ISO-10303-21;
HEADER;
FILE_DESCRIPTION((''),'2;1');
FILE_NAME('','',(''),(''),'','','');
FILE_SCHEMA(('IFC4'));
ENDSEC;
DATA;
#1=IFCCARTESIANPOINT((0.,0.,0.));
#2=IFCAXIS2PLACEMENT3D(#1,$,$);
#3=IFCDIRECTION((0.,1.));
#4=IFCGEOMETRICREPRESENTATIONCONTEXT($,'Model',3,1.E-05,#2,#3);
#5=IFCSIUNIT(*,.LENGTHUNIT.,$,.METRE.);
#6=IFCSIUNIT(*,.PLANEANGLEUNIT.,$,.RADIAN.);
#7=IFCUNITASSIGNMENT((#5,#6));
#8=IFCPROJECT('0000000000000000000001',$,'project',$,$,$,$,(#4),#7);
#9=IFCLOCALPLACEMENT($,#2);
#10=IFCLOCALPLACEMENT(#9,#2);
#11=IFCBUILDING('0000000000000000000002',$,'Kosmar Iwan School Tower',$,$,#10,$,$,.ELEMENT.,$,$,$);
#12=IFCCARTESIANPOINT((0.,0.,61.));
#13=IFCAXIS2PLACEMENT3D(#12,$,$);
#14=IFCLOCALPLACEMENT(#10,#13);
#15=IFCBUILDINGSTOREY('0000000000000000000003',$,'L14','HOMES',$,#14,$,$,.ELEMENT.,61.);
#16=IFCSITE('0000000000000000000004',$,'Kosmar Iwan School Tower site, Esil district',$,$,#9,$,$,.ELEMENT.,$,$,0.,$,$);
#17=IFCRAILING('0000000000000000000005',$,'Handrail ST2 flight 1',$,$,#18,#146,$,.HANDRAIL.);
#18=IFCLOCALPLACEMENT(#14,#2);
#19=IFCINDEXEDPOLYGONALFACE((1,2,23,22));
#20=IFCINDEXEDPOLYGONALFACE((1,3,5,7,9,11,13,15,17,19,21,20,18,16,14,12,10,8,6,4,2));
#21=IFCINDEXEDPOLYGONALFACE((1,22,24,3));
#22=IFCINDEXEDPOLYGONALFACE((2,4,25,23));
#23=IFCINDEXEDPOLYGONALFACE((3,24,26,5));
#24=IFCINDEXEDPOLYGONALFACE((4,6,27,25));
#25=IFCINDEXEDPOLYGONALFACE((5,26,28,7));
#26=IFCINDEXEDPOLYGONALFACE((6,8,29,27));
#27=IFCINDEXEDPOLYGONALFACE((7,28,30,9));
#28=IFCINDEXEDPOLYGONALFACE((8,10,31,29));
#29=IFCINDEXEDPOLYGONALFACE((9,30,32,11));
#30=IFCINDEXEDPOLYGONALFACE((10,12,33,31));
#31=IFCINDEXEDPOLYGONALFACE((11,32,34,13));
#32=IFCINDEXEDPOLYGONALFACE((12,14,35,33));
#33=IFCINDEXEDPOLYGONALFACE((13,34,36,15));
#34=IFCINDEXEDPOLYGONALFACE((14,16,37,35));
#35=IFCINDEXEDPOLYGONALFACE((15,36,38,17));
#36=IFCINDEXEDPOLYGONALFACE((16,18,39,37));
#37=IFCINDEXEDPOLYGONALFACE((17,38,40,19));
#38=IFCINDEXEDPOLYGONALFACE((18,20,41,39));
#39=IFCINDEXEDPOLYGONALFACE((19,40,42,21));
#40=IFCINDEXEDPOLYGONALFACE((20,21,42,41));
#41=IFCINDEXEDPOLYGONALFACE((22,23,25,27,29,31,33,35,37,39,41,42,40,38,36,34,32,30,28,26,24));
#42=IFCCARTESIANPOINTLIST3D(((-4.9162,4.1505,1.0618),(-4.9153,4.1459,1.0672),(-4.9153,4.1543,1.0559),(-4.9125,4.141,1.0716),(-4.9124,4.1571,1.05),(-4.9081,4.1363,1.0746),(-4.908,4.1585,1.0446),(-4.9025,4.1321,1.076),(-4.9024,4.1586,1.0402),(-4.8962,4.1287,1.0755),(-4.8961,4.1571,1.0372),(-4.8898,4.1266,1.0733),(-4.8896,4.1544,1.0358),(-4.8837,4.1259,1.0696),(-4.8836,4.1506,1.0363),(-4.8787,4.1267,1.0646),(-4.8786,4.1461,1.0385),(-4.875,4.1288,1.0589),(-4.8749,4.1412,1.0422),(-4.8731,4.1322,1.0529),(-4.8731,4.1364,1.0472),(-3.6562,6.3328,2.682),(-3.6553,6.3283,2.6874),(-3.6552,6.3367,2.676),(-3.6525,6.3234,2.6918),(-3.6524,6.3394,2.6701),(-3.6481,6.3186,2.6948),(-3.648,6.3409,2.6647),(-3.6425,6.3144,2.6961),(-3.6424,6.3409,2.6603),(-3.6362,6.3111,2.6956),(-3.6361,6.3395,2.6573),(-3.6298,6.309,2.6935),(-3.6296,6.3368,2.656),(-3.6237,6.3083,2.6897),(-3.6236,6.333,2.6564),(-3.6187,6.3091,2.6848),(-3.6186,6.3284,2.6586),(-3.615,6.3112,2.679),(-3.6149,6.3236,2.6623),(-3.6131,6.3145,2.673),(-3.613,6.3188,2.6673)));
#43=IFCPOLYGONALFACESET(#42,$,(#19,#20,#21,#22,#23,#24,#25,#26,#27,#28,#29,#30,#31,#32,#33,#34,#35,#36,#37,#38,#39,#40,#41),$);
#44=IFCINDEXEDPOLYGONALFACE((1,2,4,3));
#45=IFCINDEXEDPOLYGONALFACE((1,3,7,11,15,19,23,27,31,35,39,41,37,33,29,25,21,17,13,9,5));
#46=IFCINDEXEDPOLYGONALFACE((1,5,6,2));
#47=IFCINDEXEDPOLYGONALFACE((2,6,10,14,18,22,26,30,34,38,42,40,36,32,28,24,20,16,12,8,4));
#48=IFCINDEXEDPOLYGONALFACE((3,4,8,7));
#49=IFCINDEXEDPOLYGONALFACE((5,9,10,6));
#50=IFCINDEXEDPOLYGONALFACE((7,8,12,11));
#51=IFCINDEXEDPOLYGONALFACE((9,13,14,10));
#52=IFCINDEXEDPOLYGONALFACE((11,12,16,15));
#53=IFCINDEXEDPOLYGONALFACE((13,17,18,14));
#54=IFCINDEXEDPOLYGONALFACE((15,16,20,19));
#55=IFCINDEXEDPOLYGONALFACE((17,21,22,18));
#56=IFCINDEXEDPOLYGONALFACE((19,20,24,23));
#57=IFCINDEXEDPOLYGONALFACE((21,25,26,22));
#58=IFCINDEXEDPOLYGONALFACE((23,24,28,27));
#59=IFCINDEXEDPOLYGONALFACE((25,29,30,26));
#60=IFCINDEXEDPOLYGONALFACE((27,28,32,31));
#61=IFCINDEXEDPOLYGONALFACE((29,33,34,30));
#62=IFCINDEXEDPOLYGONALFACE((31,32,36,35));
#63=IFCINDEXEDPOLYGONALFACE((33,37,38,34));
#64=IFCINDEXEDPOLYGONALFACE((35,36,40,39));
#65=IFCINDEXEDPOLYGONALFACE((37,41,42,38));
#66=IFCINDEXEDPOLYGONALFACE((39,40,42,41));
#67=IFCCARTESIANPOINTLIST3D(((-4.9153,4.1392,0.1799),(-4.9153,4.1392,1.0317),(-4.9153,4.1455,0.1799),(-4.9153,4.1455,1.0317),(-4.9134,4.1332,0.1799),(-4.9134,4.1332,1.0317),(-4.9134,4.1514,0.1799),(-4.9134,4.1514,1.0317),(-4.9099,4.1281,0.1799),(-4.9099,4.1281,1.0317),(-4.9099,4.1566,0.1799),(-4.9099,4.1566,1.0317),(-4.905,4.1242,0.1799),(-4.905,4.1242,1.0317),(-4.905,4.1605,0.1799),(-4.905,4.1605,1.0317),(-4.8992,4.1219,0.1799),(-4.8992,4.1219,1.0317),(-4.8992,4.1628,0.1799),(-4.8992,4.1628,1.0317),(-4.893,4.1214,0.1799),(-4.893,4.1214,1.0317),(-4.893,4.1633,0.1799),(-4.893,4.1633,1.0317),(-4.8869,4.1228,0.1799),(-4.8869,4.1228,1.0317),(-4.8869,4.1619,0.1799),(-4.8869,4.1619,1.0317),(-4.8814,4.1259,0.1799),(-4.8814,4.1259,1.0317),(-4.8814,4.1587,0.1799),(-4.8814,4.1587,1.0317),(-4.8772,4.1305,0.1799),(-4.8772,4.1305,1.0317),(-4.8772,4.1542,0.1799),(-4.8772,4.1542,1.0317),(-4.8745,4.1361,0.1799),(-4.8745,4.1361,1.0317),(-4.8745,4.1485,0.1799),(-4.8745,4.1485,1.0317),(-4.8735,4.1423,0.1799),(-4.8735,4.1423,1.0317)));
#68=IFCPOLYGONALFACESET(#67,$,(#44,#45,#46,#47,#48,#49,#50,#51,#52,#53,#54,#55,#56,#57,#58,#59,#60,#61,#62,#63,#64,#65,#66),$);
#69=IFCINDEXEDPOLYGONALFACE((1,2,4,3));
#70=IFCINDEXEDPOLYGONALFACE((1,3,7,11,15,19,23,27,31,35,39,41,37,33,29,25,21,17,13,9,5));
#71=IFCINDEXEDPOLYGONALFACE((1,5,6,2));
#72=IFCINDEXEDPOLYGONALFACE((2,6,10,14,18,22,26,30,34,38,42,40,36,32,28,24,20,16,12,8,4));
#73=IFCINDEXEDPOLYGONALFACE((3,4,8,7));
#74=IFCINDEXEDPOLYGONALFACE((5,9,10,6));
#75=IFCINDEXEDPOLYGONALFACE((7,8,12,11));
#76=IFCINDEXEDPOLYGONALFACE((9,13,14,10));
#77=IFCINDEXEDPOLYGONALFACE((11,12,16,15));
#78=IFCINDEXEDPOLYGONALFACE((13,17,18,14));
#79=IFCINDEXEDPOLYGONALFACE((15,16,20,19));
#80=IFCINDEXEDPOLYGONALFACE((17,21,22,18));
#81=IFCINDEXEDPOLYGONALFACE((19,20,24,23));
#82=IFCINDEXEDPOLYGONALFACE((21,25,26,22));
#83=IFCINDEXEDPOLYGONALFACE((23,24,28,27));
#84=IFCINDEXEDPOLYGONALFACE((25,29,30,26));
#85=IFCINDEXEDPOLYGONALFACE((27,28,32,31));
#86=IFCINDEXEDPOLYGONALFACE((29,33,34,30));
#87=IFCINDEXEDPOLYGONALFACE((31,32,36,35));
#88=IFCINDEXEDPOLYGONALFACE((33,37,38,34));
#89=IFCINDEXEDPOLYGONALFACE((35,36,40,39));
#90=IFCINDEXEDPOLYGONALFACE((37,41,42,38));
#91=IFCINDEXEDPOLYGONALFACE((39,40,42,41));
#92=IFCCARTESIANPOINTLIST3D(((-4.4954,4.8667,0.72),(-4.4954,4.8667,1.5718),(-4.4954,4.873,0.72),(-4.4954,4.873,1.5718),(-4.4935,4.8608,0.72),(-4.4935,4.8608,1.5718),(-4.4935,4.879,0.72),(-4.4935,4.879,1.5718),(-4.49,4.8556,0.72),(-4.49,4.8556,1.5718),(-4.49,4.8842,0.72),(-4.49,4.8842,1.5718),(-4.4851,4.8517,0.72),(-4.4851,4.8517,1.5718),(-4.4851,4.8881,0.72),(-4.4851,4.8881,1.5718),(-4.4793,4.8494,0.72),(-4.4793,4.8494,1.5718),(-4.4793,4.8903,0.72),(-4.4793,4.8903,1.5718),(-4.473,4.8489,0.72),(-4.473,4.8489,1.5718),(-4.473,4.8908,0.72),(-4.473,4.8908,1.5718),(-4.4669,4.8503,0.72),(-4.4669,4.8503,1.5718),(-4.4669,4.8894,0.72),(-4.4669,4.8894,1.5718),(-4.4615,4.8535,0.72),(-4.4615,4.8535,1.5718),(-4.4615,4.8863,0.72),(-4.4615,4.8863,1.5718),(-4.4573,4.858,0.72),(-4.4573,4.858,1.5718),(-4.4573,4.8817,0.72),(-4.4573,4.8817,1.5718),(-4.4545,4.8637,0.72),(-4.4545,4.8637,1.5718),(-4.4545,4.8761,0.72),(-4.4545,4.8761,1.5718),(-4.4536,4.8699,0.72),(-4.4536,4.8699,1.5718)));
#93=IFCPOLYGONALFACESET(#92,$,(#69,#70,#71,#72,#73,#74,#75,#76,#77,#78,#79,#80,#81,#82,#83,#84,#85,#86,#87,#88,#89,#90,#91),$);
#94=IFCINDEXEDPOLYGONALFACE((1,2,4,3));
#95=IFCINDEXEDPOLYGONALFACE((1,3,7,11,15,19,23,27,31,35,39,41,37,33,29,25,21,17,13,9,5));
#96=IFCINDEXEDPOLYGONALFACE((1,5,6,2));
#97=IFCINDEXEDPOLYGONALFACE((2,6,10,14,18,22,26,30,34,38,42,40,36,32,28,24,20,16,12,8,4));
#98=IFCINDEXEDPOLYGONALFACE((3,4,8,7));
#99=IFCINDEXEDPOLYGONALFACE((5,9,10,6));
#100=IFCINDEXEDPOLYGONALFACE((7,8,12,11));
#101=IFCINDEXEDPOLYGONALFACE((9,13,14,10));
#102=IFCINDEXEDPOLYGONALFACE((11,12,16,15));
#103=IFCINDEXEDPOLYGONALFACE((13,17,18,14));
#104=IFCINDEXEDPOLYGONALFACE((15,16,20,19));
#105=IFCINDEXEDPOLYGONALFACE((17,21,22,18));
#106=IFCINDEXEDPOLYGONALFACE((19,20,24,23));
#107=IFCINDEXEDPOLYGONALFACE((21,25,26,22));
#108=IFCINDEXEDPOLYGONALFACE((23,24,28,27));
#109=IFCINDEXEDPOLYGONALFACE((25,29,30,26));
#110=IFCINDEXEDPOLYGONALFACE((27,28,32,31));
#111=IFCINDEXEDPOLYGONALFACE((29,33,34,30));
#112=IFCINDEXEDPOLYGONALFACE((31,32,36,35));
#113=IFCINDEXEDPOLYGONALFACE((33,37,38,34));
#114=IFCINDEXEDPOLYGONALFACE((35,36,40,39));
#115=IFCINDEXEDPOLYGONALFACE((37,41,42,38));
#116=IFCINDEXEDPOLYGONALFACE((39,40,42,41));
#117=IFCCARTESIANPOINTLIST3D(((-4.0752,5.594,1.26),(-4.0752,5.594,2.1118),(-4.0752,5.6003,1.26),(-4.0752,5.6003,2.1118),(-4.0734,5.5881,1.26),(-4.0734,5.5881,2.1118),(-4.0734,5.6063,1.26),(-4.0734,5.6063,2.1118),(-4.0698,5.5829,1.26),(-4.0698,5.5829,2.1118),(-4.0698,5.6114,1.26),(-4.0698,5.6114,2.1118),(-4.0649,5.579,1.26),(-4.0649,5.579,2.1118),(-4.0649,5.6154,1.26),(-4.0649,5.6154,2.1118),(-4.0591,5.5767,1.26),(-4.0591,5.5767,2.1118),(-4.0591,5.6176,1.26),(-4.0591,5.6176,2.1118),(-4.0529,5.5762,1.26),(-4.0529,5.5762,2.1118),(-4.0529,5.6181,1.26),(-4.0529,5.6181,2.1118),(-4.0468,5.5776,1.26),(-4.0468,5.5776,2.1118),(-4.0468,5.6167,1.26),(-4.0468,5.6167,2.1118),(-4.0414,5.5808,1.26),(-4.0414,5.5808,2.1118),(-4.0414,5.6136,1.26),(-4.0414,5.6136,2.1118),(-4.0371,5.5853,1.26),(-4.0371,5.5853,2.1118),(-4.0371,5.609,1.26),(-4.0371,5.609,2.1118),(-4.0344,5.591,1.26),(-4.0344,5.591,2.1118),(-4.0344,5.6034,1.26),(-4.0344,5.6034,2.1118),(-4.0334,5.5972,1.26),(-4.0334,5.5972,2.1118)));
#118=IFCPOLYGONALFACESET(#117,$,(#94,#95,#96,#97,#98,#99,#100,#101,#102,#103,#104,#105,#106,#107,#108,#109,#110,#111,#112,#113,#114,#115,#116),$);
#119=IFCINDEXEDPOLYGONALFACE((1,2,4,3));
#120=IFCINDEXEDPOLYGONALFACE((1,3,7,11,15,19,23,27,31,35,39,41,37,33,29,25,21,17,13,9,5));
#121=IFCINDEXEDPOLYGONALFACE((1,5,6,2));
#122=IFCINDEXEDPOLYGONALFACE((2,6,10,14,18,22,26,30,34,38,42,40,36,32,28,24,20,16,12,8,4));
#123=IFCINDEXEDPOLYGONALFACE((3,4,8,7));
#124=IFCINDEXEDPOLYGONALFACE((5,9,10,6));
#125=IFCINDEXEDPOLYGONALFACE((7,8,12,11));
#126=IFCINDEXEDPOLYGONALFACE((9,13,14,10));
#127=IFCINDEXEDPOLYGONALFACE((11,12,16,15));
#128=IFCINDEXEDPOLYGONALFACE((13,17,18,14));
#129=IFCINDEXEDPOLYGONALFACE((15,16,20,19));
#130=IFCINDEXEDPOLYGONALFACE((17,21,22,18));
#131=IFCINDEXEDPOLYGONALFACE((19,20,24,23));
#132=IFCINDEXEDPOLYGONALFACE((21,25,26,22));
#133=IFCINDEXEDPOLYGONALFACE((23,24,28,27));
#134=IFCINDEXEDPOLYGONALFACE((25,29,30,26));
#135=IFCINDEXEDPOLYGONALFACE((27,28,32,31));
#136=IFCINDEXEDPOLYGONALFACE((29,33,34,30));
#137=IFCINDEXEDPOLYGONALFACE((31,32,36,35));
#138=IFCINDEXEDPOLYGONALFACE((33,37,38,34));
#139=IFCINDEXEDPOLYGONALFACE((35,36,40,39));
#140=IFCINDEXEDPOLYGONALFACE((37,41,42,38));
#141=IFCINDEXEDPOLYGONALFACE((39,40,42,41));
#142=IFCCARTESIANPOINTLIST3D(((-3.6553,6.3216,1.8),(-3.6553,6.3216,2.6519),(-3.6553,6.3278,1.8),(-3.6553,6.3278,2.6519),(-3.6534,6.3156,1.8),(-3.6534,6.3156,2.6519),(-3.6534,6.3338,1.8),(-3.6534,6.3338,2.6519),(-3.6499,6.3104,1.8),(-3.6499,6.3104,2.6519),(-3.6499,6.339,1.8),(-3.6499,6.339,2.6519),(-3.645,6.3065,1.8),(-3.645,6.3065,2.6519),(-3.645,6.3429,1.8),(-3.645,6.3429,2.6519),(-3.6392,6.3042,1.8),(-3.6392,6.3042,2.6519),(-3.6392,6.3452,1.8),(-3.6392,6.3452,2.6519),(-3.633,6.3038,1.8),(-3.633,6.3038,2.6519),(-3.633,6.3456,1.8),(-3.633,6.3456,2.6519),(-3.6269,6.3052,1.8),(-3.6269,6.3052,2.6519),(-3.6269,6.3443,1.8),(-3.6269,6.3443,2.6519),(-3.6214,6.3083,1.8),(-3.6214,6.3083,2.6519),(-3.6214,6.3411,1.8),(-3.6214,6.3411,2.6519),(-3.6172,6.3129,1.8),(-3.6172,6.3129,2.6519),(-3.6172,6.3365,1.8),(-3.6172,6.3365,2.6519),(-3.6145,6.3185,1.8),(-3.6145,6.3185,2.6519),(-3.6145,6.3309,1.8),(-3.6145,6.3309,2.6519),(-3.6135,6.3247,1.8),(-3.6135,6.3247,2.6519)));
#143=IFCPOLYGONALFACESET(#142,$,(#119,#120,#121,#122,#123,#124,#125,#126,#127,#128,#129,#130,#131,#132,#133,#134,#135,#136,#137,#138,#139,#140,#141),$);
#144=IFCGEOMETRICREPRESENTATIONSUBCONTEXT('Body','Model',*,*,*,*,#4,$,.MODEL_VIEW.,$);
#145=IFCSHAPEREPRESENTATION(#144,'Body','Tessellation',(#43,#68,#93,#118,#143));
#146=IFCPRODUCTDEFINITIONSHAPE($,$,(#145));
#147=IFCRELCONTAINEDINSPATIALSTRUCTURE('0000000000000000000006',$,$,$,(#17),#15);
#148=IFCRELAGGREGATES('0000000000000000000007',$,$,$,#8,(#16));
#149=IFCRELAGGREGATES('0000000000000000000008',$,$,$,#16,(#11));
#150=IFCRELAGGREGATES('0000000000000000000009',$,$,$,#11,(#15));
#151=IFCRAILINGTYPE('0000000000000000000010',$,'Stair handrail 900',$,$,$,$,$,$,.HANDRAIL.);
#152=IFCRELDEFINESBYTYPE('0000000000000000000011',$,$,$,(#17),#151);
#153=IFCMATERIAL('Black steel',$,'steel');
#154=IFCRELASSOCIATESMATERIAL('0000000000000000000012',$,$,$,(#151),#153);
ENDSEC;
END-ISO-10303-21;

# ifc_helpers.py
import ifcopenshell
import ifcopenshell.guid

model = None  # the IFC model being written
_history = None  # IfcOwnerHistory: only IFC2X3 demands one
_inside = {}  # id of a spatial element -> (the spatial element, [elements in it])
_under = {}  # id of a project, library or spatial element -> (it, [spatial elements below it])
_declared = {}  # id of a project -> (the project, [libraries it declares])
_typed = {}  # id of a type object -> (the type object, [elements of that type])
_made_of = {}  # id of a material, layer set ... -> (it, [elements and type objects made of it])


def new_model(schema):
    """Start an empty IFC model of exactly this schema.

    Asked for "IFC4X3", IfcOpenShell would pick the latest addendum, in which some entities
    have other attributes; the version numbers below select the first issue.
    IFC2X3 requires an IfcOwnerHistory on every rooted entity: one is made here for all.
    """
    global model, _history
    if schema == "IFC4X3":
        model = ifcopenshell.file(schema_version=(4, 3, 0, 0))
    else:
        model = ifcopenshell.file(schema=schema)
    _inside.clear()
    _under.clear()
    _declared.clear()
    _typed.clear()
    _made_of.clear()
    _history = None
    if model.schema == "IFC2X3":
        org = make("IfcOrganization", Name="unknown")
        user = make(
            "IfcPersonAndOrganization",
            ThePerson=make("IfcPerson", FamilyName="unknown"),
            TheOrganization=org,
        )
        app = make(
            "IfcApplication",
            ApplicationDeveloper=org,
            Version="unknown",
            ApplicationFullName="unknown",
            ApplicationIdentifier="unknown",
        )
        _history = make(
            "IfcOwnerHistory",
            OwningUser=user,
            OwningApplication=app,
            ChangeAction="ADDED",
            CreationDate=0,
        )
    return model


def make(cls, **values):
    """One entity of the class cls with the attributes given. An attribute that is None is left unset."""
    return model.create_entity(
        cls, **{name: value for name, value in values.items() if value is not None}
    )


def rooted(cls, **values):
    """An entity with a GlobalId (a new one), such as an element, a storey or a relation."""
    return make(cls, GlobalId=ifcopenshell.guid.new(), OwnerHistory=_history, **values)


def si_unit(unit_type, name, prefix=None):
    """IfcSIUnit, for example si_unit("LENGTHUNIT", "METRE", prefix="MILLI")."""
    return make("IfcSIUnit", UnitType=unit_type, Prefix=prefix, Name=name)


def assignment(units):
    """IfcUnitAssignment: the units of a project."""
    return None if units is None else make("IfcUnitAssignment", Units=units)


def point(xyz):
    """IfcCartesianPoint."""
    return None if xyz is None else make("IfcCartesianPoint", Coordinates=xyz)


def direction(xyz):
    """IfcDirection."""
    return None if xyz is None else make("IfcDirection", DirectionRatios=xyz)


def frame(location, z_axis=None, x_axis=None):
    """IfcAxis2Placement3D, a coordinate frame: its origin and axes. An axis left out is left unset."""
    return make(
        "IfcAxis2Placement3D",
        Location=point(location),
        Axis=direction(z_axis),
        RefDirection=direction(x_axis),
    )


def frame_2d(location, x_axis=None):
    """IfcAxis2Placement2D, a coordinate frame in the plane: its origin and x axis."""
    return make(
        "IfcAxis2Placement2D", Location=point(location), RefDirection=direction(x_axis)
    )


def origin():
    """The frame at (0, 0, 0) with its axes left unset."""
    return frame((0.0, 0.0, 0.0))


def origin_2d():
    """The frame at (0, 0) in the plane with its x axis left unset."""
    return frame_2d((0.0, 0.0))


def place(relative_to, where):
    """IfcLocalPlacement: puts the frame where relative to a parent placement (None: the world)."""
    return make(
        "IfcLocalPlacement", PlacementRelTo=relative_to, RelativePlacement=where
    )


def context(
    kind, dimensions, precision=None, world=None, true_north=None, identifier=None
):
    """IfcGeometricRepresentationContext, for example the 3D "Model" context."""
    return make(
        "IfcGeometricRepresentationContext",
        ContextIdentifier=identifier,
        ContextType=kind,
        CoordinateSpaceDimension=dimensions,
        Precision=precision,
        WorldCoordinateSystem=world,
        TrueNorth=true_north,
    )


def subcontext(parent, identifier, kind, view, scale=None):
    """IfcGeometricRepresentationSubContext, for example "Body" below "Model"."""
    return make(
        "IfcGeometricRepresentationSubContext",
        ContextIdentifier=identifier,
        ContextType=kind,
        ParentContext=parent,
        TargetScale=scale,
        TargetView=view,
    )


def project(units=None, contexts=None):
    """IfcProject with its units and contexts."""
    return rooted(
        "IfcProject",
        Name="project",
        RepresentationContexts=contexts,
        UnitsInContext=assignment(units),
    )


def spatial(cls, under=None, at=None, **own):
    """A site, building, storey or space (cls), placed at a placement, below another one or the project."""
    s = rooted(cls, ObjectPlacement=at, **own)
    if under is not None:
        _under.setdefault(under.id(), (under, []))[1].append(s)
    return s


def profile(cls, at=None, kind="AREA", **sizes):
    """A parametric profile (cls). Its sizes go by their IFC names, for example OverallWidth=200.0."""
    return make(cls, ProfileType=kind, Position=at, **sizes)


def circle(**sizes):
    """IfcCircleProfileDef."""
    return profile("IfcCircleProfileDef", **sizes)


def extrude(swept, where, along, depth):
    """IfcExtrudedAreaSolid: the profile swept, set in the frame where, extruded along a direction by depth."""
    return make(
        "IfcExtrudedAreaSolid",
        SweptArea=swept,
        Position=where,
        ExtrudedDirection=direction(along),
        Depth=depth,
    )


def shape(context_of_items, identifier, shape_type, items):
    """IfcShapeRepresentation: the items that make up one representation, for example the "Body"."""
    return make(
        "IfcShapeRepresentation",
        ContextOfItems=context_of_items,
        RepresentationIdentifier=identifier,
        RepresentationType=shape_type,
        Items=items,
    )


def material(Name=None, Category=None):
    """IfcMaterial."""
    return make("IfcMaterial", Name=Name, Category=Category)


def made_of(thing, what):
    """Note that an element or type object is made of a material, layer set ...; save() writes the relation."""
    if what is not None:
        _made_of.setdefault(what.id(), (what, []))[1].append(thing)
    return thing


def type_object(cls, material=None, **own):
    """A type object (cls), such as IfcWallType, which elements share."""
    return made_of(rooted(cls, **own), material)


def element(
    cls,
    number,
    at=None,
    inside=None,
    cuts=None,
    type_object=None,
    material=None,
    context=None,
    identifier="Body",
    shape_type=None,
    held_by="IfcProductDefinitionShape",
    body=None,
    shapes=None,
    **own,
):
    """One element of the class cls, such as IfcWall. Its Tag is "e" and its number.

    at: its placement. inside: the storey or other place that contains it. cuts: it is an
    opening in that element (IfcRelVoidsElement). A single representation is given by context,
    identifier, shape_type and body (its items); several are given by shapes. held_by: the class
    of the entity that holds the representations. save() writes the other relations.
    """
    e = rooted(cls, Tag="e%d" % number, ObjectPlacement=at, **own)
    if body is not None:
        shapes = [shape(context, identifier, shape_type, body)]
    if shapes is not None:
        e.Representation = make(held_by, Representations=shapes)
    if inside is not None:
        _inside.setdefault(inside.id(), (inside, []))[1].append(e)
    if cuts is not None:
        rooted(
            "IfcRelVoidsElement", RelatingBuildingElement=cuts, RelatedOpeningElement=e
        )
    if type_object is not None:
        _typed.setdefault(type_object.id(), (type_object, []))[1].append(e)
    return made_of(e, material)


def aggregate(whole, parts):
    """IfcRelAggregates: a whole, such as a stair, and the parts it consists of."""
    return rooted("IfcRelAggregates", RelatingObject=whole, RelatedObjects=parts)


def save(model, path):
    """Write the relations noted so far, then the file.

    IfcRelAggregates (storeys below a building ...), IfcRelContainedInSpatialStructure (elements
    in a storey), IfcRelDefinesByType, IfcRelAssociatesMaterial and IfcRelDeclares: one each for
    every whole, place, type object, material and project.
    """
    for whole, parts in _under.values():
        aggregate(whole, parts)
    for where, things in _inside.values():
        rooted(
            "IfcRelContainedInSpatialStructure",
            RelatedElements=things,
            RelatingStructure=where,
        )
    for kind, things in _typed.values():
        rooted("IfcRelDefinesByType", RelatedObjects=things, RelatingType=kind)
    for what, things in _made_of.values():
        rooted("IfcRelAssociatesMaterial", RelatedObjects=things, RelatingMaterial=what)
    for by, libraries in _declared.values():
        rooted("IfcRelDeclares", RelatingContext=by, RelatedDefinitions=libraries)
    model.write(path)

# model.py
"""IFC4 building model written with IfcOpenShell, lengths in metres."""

from ifc_helpers import new_model, si_unit, direction, frame, origin, origin_2d, place, context, subcontext, project, spatial, circle, extrude, material, type_object, element, save


model = new_model("IFC4")

# Units and contexts
model_context = context("Model", 3, precision=1e-05, world=origin(), true_north=direction((0.0, 1.0)))
body_context = subcontext(model_context, "Body", "Model", "MODEL_VIEW")
ifc_project = project(units=[si_unit("LENGTHUNIT", "METRE"), si_unit("PLANEANGLEUNIT", "RADIAN")], contexts=[model_context])

# Site, building, storey
site_placement = place(None, origin())
site = spatial("IfcSite", under=ifc_project, at=site_placement, Name="Kosmar Iwan School Tower site, Esil district", CompositionType="ELEMENT", RefElevation=0.0)
building_placement = place(site_placement, origin())
building = spatial("IfcBuilding", under=site, at=building_placement, Name="Kosmar Iwan School Tower", CompositionType="ELEMENT")
storey_placement = place(building_placement, frame((0.0, 0.0, 61.0)))
storey = spatial("IfcBuildingStorey", under=building, at=storey_placement, Name="L14", Description="HOMES", CompositionType="ELEMENT", Elevation=61.0)

# Railing
ifc_material_1 = material(Name="Black steel", Category="steel")
railing_type = type_object("IfcRailingType", Name="Stair handrail 900", PredefinedType="HANDRAIL", material=ifc_material_1)
railing_placement = place(storey_placement, frame((-4.8945, 4.1423, 0.1799)))
element("IfcRailing", 1, at=railing_placement, inside=storey, type_object=railing_type, Name="Handrail ST2 flight 1", PredefinedType="HANDRAIL", context=body_context, shape_type="SweptSolid", body=[
    extrude(circle(Radius=0.0239, at=origin_2d()), frame((0.0, 0.0, 0.876), z_axis=(0.420584, 0.728464, 0.540786), x_axis=(-0.866023, 0.500005, 0.0)), (0.0, 0.0, 1.0), 2.9958),
    extrude(circle(Radius=0.021, at=origin_2d()), origin(), (0.0, 0.0, 1.0), 0.8518),
    extrude(circle(Radius=0.021, at=origin_2d()), frame((0.4199, 0.7275, 0.54)), (0.0, 0.0, 1.0), 0.8518),
    extrude(circle(Radius=0.021, at=origin_2d()), frame((0.8401, 1.4548, 1.0801)), (0.0, 0.0, 1.0), 0.8518),
    extrude(circle(Radius=0.021, at=origin_2d()), frame((1.26, 2.1824, 1.6201)), (0.0, 0.0, 1.0), 0.8518),
])

save(model, "model.ifc")
